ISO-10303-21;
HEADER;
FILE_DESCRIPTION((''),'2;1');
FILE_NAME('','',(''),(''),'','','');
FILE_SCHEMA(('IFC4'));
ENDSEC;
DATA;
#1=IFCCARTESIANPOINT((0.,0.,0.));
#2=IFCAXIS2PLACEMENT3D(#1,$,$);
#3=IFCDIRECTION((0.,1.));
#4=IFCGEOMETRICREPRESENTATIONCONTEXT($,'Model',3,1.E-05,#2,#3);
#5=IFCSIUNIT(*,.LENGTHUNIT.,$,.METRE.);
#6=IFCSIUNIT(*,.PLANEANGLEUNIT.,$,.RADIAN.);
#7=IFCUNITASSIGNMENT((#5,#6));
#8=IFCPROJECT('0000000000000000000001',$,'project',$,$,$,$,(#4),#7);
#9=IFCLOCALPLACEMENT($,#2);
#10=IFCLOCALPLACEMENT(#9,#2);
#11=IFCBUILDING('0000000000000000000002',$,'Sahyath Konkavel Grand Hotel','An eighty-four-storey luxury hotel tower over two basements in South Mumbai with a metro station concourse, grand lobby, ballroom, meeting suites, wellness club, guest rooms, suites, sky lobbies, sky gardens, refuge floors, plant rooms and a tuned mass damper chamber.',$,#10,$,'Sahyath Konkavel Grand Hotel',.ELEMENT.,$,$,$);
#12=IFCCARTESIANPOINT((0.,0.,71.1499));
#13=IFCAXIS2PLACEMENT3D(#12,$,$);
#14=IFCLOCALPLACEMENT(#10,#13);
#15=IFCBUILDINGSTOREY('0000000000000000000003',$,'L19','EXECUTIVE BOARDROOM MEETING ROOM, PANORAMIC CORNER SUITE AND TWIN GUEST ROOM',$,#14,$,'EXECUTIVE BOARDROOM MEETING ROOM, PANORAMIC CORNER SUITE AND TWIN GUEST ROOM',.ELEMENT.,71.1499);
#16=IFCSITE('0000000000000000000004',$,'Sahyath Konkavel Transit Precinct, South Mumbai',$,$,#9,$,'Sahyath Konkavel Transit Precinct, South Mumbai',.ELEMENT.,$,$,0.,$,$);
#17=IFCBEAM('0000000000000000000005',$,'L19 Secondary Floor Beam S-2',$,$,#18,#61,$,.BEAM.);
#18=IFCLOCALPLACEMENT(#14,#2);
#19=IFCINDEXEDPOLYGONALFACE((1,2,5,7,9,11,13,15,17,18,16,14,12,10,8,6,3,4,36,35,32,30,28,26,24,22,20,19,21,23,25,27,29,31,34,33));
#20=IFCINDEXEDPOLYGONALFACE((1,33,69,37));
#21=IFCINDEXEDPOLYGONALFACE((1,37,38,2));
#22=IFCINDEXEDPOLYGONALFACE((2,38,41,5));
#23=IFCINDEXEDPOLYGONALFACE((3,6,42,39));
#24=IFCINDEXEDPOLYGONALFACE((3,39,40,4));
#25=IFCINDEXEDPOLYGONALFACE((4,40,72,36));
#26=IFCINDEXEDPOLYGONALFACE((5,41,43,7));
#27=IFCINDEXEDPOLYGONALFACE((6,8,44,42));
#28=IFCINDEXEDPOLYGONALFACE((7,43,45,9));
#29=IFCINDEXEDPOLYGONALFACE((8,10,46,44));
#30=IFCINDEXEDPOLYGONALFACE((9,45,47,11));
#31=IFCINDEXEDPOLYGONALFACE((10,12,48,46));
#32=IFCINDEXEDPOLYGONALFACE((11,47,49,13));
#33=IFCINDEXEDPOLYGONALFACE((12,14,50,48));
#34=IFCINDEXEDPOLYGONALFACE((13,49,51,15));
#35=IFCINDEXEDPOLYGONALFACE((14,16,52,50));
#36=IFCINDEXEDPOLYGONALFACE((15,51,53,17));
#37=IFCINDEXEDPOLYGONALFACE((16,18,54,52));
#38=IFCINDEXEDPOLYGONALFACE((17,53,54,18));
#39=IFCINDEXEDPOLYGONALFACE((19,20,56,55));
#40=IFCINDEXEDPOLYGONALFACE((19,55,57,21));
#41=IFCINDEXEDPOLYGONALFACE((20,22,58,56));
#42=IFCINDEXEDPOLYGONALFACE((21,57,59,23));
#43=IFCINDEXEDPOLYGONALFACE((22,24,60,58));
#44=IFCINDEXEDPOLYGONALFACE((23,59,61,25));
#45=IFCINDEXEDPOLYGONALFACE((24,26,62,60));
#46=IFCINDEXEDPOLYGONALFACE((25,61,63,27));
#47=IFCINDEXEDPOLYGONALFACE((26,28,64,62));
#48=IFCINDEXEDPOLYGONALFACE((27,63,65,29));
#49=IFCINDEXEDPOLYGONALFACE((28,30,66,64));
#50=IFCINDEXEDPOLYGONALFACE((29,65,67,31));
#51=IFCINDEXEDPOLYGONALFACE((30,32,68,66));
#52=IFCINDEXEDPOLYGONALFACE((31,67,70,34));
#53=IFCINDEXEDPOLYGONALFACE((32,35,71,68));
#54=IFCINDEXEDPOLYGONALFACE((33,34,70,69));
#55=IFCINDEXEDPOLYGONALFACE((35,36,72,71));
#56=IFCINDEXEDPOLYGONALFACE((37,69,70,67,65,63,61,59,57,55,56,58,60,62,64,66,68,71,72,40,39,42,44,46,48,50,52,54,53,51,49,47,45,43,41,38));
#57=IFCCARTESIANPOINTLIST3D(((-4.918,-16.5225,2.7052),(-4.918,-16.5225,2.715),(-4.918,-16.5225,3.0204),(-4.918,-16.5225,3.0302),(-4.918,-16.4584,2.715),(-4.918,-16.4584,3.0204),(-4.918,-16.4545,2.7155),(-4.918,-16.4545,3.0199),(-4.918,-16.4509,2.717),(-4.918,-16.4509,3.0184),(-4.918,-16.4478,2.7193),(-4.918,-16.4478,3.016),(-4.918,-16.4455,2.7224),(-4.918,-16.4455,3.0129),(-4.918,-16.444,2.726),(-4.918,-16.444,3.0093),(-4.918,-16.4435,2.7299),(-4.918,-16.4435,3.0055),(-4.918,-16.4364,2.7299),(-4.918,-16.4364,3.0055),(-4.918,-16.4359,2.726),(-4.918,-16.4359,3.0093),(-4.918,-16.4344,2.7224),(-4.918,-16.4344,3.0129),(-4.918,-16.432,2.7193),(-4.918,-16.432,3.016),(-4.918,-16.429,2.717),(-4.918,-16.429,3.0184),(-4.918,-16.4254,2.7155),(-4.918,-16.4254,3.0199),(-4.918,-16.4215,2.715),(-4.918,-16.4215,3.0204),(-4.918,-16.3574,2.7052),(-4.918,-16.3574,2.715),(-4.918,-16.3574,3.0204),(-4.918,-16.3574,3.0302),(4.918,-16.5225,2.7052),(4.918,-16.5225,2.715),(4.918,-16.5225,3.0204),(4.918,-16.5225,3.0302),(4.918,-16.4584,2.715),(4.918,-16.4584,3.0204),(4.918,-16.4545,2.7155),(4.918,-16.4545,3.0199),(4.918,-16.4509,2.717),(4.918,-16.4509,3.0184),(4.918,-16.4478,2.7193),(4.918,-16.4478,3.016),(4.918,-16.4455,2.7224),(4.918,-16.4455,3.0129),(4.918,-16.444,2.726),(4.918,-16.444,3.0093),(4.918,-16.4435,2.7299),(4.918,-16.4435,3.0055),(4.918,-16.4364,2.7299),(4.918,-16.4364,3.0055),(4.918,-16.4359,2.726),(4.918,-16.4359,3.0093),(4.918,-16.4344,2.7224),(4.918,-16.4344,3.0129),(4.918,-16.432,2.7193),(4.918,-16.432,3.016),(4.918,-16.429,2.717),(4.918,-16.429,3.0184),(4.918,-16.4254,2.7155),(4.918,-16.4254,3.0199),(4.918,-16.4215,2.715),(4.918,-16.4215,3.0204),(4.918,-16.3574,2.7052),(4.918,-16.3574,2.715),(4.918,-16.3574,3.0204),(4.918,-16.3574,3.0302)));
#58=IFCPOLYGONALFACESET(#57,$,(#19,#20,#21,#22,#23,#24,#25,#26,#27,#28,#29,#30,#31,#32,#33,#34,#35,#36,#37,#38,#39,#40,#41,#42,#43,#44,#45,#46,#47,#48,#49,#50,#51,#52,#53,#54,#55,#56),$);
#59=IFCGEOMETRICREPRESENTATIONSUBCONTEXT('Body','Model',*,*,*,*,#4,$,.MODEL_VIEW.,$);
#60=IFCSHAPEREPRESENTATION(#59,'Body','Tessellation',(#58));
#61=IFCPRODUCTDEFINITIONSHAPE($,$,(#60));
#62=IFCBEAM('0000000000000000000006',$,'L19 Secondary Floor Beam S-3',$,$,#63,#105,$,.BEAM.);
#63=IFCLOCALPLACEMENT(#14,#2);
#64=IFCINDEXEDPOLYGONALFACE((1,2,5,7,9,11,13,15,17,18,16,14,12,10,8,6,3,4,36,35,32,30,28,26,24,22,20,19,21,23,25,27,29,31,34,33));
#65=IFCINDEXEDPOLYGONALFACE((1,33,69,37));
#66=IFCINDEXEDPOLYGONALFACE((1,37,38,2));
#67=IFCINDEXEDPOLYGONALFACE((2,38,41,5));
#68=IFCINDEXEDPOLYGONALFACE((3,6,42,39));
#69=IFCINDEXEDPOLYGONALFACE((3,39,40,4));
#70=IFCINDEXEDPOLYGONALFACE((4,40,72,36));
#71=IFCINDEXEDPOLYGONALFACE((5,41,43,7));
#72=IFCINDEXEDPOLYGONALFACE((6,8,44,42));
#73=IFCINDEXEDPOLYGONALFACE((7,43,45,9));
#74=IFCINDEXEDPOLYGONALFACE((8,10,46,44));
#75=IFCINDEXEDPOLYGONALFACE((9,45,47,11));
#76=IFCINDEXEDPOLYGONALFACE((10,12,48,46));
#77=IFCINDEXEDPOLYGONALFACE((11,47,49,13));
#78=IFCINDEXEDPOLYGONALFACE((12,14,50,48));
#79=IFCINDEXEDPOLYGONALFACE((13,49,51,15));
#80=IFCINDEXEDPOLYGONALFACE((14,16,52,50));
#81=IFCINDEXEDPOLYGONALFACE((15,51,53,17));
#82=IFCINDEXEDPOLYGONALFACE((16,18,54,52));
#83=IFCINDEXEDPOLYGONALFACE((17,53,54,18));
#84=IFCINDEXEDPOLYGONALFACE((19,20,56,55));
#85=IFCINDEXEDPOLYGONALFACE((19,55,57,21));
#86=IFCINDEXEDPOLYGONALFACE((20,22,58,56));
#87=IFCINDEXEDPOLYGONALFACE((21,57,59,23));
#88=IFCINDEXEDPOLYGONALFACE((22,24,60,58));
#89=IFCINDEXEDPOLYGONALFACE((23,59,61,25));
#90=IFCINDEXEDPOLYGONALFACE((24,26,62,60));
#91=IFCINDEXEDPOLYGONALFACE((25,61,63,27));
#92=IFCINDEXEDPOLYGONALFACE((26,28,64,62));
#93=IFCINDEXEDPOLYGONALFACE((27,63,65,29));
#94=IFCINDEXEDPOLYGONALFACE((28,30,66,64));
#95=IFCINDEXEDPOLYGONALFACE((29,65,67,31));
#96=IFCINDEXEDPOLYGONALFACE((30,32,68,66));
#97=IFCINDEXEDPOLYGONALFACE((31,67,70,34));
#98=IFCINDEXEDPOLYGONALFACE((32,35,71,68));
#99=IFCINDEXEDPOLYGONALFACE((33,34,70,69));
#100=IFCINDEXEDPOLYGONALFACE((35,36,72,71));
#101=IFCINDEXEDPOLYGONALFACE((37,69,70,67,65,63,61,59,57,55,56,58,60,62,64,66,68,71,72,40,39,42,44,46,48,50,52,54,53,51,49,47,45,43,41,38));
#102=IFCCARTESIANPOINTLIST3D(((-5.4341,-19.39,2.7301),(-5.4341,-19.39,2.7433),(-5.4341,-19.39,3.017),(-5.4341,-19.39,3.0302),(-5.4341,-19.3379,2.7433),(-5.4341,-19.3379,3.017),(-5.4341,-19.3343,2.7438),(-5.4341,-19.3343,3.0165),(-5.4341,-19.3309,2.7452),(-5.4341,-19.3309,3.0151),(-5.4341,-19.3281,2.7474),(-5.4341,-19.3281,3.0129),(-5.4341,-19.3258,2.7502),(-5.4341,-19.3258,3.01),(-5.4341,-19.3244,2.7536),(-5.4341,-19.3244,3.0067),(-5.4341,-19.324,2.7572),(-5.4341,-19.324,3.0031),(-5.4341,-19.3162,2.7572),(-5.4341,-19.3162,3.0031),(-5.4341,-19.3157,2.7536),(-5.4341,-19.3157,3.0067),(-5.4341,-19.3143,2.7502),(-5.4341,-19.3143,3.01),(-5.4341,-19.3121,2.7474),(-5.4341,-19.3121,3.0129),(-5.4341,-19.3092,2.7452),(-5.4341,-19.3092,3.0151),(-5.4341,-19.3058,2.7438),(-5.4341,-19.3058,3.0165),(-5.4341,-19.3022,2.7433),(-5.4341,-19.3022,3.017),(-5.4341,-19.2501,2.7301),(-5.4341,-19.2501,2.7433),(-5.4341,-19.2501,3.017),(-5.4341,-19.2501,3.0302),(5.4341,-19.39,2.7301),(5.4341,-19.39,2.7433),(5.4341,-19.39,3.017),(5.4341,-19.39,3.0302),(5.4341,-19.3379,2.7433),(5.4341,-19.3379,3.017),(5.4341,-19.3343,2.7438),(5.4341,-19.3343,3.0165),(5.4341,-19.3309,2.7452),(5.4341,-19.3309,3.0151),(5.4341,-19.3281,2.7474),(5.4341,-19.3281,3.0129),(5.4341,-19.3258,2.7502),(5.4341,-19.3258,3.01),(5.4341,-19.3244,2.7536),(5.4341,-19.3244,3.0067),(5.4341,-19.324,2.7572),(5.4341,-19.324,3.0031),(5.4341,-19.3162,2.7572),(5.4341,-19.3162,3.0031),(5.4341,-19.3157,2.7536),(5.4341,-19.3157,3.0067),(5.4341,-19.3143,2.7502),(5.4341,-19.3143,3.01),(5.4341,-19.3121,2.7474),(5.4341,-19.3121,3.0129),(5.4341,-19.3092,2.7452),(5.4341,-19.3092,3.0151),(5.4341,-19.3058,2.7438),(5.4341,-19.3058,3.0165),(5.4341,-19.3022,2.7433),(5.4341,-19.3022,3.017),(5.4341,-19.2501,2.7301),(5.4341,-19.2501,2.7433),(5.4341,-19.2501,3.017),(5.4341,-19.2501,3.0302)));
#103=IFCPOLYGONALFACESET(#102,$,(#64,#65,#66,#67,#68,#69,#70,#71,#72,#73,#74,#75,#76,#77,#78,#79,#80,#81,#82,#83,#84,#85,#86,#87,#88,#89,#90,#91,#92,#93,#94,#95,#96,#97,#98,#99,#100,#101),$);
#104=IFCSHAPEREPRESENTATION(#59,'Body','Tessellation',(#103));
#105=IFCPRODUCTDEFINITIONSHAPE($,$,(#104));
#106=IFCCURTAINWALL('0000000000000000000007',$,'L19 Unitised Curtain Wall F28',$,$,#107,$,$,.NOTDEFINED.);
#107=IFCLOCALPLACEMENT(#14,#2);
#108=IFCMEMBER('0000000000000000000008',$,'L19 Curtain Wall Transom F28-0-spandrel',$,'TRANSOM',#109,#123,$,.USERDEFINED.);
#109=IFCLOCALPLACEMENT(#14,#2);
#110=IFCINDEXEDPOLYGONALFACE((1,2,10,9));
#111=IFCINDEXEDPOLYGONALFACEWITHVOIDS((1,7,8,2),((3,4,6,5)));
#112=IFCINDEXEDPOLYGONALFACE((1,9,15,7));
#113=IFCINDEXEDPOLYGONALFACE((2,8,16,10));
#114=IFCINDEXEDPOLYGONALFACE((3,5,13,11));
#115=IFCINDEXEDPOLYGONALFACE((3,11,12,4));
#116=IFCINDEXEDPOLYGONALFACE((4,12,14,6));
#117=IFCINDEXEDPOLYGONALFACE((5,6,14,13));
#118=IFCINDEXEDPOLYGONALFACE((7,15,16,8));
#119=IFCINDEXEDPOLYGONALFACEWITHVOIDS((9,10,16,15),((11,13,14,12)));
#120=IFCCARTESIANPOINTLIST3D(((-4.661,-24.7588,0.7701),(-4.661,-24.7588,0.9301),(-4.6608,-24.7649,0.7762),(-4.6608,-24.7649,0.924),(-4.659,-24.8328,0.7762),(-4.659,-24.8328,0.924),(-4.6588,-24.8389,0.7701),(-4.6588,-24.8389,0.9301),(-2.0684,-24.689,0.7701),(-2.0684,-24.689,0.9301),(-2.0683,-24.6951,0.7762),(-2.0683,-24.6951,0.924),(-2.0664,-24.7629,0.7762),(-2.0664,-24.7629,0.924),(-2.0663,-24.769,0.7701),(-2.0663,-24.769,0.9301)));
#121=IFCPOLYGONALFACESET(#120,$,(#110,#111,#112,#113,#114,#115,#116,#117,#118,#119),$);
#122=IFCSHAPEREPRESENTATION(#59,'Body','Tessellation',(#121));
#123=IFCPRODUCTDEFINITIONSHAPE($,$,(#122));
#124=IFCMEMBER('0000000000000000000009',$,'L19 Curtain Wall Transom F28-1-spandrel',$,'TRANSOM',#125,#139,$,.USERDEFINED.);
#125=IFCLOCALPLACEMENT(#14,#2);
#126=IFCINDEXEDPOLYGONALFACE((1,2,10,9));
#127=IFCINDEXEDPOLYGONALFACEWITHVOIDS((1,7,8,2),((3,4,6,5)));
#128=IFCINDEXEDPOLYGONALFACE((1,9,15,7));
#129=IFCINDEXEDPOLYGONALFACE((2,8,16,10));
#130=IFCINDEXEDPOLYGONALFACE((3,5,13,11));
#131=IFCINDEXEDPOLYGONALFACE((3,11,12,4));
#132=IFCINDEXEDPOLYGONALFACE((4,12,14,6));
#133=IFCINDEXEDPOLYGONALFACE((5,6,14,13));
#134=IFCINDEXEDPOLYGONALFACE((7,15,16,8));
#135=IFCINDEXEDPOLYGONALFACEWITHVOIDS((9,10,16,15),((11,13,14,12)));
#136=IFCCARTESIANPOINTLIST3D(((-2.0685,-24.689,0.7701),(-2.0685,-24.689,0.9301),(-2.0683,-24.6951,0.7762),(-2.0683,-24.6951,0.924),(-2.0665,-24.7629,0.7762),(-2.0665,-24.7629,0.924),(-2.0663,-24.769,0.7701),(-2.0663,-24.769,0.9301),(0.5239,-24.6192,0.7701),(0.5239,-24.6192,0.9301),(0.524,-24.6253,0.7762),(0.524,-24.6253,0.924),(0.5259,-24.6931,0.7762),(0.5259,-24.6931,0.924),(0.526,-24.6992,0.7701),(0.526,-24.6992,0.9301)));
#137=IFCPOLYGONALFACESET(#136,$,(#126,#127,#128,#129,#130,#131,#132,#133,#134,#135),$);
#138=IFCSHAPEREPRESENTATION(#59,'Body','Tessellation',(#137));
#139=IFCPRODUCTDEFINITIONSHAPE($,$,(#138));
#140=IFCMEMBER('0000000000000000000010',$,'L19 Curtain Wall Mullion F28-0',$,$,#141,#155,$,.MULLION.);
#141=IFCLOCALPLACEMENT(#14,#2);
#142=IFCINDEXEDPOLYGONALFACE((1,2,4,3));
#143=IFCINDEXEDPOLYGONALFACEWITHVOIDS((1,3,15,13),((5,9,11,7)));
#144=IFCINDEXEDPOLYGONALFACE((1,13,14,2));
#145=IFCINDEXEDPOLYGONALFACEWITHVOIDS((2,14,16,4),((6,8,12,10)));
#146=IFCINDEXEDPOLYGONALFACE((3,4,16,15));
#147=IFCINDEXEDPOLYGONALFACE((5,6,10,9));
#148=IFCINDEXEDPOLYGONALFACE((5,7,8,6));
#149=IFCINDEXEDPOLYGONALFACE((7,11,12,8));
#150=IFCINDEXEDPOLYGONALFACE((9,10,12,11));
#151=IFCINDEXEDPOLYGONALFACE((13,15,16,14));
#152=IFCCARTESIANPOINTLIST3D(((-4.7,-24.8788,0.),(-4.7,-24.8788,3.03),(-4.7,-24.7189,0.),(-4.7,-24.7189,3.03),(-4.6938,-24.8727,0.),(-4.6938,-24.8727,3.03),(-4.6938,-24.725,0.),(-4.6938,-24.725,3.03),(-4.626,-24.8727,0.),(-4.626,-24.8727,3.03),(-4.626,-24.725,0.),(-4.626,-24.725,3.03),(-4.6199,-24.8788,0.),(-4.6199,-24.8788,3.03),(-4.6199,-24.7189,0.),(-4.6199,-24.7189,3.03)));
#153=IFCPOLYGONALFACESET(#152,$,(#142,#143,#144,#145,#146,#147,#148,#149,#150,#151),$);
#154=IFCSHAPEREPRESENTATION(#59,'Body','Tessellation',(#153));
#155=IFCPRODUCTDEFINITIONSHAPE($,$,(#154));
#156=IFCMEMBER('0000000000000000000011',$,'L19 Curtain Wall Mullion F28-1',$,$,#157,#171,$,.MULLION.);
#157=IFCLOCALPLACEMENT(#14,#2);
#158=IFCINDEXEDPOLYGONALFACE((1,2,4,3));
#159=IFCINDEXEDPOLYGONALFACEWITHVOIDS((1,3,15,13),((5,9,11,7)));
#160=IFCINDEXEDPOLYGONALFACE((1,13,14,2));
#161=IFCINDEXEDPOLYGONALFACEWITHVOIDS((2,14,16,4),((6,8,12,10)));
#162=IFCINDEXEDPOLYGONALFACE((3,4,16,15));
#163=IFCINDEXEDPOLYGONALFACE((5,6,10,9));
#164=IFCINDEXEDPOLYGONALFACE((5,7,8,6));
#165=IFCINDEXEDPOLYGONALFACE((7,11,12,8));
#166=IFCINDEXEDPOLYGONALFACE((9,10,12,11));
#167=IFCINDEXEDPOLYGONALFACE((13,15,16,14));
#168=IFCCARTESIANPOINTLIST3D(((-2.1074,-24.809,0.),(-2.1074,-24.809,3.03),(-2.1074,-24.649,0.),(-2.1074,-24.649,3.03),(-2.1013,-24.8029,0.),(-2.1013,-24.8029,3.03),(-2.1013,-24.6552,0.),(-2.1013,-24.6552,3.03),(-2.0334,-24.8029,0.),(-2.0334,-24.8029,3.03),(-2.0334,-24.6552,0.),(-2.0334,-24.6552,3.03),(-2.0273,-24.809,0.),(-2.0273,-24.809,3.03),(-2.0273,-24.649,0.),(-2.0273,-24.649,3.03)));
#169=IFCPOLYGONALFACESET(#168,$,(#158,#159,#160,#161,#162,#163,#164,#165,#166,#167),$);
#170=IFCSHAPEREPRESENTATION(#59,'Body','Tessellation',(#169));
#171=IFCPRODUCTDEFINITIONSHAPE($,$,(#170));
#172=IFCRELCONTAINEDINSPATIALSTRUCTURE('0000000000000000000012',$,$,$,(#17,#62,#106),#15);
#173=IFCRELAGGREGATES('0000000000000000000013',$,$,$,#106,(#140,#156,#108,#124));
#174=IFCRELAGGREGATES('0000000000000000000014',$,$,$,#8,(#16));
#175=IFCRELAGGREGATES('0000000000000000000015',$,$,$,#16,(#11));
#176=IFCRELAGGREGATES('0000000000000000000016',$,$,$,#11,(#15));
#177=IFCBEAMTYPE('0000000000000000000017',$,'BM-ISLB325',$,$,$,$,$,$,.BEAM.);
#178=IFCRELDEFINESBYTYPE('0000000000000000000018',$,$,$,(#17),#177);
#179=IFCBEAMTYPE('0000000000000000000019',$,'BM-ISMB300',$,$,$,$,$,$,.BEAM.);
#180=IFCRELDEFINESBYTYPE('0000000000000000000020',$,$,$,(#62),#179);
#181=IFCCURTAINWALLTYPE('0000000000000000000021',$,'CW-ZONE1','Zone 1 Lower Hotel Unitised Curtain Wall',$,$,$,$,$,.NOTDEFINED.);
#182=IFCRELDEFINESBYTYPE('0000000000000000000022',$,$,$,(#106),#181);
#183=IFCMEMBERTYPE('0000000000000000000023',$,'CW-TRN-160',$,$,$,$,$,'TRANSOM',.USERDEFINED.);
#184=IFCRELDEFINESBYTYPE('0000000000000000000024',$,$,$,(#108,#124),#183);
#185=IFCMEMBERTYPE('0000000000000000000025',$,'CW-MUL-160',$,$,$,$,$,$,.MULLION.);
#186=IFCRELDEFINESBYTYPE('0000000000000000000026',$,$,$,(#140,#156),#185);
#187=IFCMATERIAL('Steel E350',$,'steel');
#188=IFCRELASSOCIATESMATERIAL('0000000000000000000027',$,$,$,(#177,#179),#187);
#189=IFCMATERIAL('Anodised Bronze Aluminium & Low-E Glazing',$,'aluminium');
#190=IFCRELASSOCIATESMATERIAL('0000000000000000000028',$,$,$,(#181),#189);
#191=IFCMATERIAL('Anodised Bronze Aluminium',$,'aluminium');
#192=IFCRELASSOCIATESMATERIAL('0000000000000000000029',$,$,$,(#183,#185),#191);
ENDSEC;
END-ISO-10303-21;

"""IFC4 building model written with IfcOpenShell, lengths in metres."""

from ifc_helpers import new_model, si_unit, direction, frame, origin, origin_2d, place, context, subcontext, project, spatial, hollow_rectangle, i_section, extrude, source, transform, mapped, material, material_profile, profile_set, type_object, element, aggregate, save


model = new_model("IFC4")

# Units and contexts
model_context = context("Model", 3, precision=1e-05, world=origin(), true_north=direction((0.0, 1.0)))
body_context = subcontext(model_context, "Body", "Model", "MODEL_VIEW")
ifc_project = project(units=[si_unit("LENGTHUNIT", "METRE"), si_unit("PLANEANGLEUNIT", "RADIAN")], contexts=[model_context])

# Site, building, storey
site_placement = place(None, origin())
site = spatial("IfcSite", under=ifc_project, at=site_placement, Name="Sahyath Konkavel Transit Precinct, South Mumbai", LongName="Sahyath Konkavel Transit Precinct, South Mumbai", CompositionType="ELEMENT", RefElevation=0.0)
building_placement = place(site_placement, origin())
building = spatial("IfcBuilding", under=site, at=building_placement, Name="Sahyath Konkavel Grand Hotel", Description="An eighty-four-storey luxury hotel tower over two basements in South Mumbai with a metro station concourse, grand lobby, ballroom, meeting suites, wellness club, guest rooms, suites, sky lobbies, sky gardens, refuge floors, plant rooms and a tuned mass damper chamber.", LongName="Sahyath Konkavel Grand Hotel", CompositionType="ELEMENT")
storey_placement = place(building_placement, frame((0.0, 0.0, 71.1499)))
storey = spatial("IfcBuildingStorey", under=building, at=storey_placement, Name="L19", Description="EXECUTIVE BOARDROOM MEETING ROOM, PANORAMIC CORNER SUITE AND TWIN GUEST ROOM", LongName="EXECUTIVE BOARDROOM MEETING ROOM, PANORAMIC CORNER SUITE AND TWIN GUEST ROOM", CompositionType="ELEMENT", Elevation=71.1499)

# Beams
ifc_material_1 = material(Name="Steel E350", Category="steel")
ifc_material_profile_1 = material_profile(ifc_material_1, i_section(OverallWidth=0.165, OverallDepth=0.325, WebThickness=0.0071, FlangeThickness=0.0098, FilletRadius=0.0149, at=origin_2d()), Name="ISLB 325")
ifc_profile_set_1 = profile_set([ifc_material_profile_1], Name="Steel E350")
beam_type_1 = type_object("IfcBeamType", Name="BM-ISLB325", PredefinedType="BEAM", material=ifc_profile_set_1)
shared_shape_1 = source(origin(), body_context, "Body", "SweptSolid", [
    extrude(i_section(OverallWidth=0.165, OverallDepth=0.325, WebThickness=0.0071, FlangeThickness=0.0098, FilletRadius=0.0149, at=origin_2d()), origin(), (0.0, 0.0, 1.0), 9.8359),
])
beam_1_placement = place(storey_placement, frame((-4.918, -16.4399, 2.8677), z_axis=(1.0, 0.0, 0.0), x_axis=(0.0, 1.0, 0.0)))
element("IfcBeam", 1, at=beam_1_placement, inside=storey, type_object=beam_type_1, Name="L19 Secondary Floor Beam S-2", PredefinedType="BEAM", context=body_context, shape_type="MappedRepresentation", body=[
    mapped(shared_shape_1, transform((0.0, 0.0, 0.0), scale=1.0)),
])
ifc_material_profile_2 = material_profile(ifc_material_1, i_section(OverallWidth=0.1399, OverallDepth=0.3, WebThickness=0.0078, FlangeThickness=0.0132, FilletRadius=0.0139, at=origin_2d()), Name="ISMB 300")
ifc_profile_set_2 = profile_set([ifc_material_profile_2], Name="Steel E350")
beam_type_2 = type_object("IfcBeamType", Name="BM-ISMB300", PredefinedType="BEAM", material=ifc_profile_set_2)
shared_shape_2 = source(origin(), body_context, "Body", "SweptSolid", [
    extrude(i_section(OverallWidth=0.1399, OverallDepth=0.3, WebThickness=0.0078, FlangeThickness=0.0132, FilletRadius=0.0139, at=origin_2d()), origin(), (0.0, 0.0, 1.0), 10.8682),
])
beam_2_placement = place(storey_placement, frame((-5.4341, -19.3201, 2.8801), z_axis=(1.0, 0.0, 0.0), x_axis=(0.0, 1.0, 0.0)))
element("IfcBeam", 2, at=beam_2_placement, inside=storey, type_object=beam_type_2, Name="L19 Secondary Floor Beam S-3", PredefinedType="BEAM", context=body_context, shape_type="MappedRepresentation", body=[
    mapped(shared_shape_2, transform((0.0, 0.0, 0.0), scale=1.0)),
])

# Curtain wall, members
ifc_material_2 = material(Name="Anodised Bronze Aluminium & Low-E Glazing", Category="aluminium")
curtain_wall_type = type_object("IfcCurtainWallType", Name="CW-ZONE1", Description="Zone 1 Lower Hotel Unitised Curtain Wall", PredefinedType="NOTDEFINED", material=ifc_material_2)
curtain_wall_placement = place(storey_placement, origin())
curtain_wall = element("IfcCurtainWall", 3, at=curtain_wall_placement, inside=storey, type_object=curtain_wall_type, Name="L19 Unitised Curtain Wall F28", PredefinedType="NOTDEFINED")
ifc_material_3 = material(Name="Anodised Bronze Aluminium", Category="aluminium")
ifc_material_profile_3 = material_profile(ifc_material_3, hollow_rectangle(XDim=0.0801, YDim=0.1599, WallThickness=0.0061, at=origin_2d()), Name="RHS 160x80x6")
ifc_profile_set_3 = profile_set([ifc_material_profile_3], Name="Anodised Bronze Aluminium")
member_type_1 = type_object("IfcMemberType", Name="CW-TRN-160", ElementType="TRANSOM", PredefinedType="USERDEFINED", material=ifc_profile_set_3)
shared_shape_3 = source(origin(), body_context, "Body", "SweptSolid", [
    extrude(hollow_rectangle(XDim=0.0801, YDim=0.1599, WallThickness=0.0061, at=origin_2d()), origin(), (0.0, 0.0, 1.0), 2.5935),
])
member_1_placement = place(storey_placement, frame((-4.6599, -24.7988, 0.8501), z_axis=(0.999638, 0.026923, 0.0), x_axis=(-0.026923, 0.999638, 0.0)))
member_1 = element("IfcMember", 4, at=member_1_placement, type_object=member_type_1, Name="L19 Curtain Wall Transom F28-0-spandrel", ObjectType="TRANSOM", PredefinedType="USERDEFINED", context=body_context, shape_type="MappedRepresentation", body=[
    mapped(shared_shape_3, transform((0.0, 0.0, 0.0), scale=1.0)),
])
shared_shape_4 = source(origin(), body_context, "Body", "SweptSolid", [
    extrude(hollow_rectangle(XDim=0.0801, YDim=0.1599, WallThickness=0.0061, at=origin_2d()), origin(), (0.0, 0.0, 1.0), 2.5933),
])
member_2_placement = place(storey_placement, frame((-2.0674, -24.729, 0.8501), z_axis=(0.999637, 0.026926, 0.0), x_axis=(-0.026926, 0.999637, 0.0)))
member_2 = element("IfcMember", 5, at=member_2_placement, type_object=member_type_1, Name="L19 Curtain Wall Transom F28-1-spandrel", ObjectType="TRANSOM", PredefinedType="USERDEFINED", context=body_context, shape_type="MappedRepresentation", body=[
    mapped(shared_shape_4, transform((0.0, 0.0, 0.0), scale=1.0)),
])
ifc_material_profile_4 = material_profile(ifc_material_3, hollow_rectangle(XDim=0.0801, YDim=0.1599, WallThickness=0.0061, at=origin_2d()), Name="RHS 160x80x6")
ifc_profile_set_4 = profile_set([ifc_material_profile_4], Name="Anodised Bronze Aluminium")
member_type_2 = type_object("IfcMemberType", Name="CW-MUL-160", PredefinedType="MULLION", material=ifc_profile_set_4)
shared_shape_5 = source(origin(), body_context, "Body", "SweptSolid", [
    extrude(hollow_rectangle(XDim=0.0801, YDim=0.1599, WallThickness=0.0061, at=origin_2d()), origin(), (0.0, 0.0, 1.0), 3.03),
])
member_3_placement = place(storey_placement, frame((-4.6599, -24.7988, 0.0), z_axis=(0.0, 0.0, 1.0), x_axis=(1.0, 0.0, 0.0)))
member_3 = element("IfcMember", 6, at=member_3_placement, type_object=member_type_2, Name="L19 Curtain Wall Mullion F28-0", PredefinedType="MULLION", context=body_context, shape_type="MappedRepresentation", body=[
    mapped(shared_shape_5, transform((0.0, 0.0, 0.0), scale=1.0)),
])
member_4_placement = place(storey_placement, frame((-2.0674, -24.729, 0.0), z_axis=(0.0, 0.0, 1.0), x_axis=(1.0, 0.0, 0.0)))
member_4 = element("IfcMember", 7, at=member_4_placement, type_object=member_type_2, Name="L19 Curtain Wall Mullion F28-1", PredefinedType="MULLION", context=body_context, shape_type="MappedRepresentation", body=[
    mapped(shared_shape_5, transform((0.0, 0.0, 0.0), scale=1.0)),
])
aggregate(curtain_wall, [member_3, member_4, member_1, member_2])

save(model, "model.ifc")
